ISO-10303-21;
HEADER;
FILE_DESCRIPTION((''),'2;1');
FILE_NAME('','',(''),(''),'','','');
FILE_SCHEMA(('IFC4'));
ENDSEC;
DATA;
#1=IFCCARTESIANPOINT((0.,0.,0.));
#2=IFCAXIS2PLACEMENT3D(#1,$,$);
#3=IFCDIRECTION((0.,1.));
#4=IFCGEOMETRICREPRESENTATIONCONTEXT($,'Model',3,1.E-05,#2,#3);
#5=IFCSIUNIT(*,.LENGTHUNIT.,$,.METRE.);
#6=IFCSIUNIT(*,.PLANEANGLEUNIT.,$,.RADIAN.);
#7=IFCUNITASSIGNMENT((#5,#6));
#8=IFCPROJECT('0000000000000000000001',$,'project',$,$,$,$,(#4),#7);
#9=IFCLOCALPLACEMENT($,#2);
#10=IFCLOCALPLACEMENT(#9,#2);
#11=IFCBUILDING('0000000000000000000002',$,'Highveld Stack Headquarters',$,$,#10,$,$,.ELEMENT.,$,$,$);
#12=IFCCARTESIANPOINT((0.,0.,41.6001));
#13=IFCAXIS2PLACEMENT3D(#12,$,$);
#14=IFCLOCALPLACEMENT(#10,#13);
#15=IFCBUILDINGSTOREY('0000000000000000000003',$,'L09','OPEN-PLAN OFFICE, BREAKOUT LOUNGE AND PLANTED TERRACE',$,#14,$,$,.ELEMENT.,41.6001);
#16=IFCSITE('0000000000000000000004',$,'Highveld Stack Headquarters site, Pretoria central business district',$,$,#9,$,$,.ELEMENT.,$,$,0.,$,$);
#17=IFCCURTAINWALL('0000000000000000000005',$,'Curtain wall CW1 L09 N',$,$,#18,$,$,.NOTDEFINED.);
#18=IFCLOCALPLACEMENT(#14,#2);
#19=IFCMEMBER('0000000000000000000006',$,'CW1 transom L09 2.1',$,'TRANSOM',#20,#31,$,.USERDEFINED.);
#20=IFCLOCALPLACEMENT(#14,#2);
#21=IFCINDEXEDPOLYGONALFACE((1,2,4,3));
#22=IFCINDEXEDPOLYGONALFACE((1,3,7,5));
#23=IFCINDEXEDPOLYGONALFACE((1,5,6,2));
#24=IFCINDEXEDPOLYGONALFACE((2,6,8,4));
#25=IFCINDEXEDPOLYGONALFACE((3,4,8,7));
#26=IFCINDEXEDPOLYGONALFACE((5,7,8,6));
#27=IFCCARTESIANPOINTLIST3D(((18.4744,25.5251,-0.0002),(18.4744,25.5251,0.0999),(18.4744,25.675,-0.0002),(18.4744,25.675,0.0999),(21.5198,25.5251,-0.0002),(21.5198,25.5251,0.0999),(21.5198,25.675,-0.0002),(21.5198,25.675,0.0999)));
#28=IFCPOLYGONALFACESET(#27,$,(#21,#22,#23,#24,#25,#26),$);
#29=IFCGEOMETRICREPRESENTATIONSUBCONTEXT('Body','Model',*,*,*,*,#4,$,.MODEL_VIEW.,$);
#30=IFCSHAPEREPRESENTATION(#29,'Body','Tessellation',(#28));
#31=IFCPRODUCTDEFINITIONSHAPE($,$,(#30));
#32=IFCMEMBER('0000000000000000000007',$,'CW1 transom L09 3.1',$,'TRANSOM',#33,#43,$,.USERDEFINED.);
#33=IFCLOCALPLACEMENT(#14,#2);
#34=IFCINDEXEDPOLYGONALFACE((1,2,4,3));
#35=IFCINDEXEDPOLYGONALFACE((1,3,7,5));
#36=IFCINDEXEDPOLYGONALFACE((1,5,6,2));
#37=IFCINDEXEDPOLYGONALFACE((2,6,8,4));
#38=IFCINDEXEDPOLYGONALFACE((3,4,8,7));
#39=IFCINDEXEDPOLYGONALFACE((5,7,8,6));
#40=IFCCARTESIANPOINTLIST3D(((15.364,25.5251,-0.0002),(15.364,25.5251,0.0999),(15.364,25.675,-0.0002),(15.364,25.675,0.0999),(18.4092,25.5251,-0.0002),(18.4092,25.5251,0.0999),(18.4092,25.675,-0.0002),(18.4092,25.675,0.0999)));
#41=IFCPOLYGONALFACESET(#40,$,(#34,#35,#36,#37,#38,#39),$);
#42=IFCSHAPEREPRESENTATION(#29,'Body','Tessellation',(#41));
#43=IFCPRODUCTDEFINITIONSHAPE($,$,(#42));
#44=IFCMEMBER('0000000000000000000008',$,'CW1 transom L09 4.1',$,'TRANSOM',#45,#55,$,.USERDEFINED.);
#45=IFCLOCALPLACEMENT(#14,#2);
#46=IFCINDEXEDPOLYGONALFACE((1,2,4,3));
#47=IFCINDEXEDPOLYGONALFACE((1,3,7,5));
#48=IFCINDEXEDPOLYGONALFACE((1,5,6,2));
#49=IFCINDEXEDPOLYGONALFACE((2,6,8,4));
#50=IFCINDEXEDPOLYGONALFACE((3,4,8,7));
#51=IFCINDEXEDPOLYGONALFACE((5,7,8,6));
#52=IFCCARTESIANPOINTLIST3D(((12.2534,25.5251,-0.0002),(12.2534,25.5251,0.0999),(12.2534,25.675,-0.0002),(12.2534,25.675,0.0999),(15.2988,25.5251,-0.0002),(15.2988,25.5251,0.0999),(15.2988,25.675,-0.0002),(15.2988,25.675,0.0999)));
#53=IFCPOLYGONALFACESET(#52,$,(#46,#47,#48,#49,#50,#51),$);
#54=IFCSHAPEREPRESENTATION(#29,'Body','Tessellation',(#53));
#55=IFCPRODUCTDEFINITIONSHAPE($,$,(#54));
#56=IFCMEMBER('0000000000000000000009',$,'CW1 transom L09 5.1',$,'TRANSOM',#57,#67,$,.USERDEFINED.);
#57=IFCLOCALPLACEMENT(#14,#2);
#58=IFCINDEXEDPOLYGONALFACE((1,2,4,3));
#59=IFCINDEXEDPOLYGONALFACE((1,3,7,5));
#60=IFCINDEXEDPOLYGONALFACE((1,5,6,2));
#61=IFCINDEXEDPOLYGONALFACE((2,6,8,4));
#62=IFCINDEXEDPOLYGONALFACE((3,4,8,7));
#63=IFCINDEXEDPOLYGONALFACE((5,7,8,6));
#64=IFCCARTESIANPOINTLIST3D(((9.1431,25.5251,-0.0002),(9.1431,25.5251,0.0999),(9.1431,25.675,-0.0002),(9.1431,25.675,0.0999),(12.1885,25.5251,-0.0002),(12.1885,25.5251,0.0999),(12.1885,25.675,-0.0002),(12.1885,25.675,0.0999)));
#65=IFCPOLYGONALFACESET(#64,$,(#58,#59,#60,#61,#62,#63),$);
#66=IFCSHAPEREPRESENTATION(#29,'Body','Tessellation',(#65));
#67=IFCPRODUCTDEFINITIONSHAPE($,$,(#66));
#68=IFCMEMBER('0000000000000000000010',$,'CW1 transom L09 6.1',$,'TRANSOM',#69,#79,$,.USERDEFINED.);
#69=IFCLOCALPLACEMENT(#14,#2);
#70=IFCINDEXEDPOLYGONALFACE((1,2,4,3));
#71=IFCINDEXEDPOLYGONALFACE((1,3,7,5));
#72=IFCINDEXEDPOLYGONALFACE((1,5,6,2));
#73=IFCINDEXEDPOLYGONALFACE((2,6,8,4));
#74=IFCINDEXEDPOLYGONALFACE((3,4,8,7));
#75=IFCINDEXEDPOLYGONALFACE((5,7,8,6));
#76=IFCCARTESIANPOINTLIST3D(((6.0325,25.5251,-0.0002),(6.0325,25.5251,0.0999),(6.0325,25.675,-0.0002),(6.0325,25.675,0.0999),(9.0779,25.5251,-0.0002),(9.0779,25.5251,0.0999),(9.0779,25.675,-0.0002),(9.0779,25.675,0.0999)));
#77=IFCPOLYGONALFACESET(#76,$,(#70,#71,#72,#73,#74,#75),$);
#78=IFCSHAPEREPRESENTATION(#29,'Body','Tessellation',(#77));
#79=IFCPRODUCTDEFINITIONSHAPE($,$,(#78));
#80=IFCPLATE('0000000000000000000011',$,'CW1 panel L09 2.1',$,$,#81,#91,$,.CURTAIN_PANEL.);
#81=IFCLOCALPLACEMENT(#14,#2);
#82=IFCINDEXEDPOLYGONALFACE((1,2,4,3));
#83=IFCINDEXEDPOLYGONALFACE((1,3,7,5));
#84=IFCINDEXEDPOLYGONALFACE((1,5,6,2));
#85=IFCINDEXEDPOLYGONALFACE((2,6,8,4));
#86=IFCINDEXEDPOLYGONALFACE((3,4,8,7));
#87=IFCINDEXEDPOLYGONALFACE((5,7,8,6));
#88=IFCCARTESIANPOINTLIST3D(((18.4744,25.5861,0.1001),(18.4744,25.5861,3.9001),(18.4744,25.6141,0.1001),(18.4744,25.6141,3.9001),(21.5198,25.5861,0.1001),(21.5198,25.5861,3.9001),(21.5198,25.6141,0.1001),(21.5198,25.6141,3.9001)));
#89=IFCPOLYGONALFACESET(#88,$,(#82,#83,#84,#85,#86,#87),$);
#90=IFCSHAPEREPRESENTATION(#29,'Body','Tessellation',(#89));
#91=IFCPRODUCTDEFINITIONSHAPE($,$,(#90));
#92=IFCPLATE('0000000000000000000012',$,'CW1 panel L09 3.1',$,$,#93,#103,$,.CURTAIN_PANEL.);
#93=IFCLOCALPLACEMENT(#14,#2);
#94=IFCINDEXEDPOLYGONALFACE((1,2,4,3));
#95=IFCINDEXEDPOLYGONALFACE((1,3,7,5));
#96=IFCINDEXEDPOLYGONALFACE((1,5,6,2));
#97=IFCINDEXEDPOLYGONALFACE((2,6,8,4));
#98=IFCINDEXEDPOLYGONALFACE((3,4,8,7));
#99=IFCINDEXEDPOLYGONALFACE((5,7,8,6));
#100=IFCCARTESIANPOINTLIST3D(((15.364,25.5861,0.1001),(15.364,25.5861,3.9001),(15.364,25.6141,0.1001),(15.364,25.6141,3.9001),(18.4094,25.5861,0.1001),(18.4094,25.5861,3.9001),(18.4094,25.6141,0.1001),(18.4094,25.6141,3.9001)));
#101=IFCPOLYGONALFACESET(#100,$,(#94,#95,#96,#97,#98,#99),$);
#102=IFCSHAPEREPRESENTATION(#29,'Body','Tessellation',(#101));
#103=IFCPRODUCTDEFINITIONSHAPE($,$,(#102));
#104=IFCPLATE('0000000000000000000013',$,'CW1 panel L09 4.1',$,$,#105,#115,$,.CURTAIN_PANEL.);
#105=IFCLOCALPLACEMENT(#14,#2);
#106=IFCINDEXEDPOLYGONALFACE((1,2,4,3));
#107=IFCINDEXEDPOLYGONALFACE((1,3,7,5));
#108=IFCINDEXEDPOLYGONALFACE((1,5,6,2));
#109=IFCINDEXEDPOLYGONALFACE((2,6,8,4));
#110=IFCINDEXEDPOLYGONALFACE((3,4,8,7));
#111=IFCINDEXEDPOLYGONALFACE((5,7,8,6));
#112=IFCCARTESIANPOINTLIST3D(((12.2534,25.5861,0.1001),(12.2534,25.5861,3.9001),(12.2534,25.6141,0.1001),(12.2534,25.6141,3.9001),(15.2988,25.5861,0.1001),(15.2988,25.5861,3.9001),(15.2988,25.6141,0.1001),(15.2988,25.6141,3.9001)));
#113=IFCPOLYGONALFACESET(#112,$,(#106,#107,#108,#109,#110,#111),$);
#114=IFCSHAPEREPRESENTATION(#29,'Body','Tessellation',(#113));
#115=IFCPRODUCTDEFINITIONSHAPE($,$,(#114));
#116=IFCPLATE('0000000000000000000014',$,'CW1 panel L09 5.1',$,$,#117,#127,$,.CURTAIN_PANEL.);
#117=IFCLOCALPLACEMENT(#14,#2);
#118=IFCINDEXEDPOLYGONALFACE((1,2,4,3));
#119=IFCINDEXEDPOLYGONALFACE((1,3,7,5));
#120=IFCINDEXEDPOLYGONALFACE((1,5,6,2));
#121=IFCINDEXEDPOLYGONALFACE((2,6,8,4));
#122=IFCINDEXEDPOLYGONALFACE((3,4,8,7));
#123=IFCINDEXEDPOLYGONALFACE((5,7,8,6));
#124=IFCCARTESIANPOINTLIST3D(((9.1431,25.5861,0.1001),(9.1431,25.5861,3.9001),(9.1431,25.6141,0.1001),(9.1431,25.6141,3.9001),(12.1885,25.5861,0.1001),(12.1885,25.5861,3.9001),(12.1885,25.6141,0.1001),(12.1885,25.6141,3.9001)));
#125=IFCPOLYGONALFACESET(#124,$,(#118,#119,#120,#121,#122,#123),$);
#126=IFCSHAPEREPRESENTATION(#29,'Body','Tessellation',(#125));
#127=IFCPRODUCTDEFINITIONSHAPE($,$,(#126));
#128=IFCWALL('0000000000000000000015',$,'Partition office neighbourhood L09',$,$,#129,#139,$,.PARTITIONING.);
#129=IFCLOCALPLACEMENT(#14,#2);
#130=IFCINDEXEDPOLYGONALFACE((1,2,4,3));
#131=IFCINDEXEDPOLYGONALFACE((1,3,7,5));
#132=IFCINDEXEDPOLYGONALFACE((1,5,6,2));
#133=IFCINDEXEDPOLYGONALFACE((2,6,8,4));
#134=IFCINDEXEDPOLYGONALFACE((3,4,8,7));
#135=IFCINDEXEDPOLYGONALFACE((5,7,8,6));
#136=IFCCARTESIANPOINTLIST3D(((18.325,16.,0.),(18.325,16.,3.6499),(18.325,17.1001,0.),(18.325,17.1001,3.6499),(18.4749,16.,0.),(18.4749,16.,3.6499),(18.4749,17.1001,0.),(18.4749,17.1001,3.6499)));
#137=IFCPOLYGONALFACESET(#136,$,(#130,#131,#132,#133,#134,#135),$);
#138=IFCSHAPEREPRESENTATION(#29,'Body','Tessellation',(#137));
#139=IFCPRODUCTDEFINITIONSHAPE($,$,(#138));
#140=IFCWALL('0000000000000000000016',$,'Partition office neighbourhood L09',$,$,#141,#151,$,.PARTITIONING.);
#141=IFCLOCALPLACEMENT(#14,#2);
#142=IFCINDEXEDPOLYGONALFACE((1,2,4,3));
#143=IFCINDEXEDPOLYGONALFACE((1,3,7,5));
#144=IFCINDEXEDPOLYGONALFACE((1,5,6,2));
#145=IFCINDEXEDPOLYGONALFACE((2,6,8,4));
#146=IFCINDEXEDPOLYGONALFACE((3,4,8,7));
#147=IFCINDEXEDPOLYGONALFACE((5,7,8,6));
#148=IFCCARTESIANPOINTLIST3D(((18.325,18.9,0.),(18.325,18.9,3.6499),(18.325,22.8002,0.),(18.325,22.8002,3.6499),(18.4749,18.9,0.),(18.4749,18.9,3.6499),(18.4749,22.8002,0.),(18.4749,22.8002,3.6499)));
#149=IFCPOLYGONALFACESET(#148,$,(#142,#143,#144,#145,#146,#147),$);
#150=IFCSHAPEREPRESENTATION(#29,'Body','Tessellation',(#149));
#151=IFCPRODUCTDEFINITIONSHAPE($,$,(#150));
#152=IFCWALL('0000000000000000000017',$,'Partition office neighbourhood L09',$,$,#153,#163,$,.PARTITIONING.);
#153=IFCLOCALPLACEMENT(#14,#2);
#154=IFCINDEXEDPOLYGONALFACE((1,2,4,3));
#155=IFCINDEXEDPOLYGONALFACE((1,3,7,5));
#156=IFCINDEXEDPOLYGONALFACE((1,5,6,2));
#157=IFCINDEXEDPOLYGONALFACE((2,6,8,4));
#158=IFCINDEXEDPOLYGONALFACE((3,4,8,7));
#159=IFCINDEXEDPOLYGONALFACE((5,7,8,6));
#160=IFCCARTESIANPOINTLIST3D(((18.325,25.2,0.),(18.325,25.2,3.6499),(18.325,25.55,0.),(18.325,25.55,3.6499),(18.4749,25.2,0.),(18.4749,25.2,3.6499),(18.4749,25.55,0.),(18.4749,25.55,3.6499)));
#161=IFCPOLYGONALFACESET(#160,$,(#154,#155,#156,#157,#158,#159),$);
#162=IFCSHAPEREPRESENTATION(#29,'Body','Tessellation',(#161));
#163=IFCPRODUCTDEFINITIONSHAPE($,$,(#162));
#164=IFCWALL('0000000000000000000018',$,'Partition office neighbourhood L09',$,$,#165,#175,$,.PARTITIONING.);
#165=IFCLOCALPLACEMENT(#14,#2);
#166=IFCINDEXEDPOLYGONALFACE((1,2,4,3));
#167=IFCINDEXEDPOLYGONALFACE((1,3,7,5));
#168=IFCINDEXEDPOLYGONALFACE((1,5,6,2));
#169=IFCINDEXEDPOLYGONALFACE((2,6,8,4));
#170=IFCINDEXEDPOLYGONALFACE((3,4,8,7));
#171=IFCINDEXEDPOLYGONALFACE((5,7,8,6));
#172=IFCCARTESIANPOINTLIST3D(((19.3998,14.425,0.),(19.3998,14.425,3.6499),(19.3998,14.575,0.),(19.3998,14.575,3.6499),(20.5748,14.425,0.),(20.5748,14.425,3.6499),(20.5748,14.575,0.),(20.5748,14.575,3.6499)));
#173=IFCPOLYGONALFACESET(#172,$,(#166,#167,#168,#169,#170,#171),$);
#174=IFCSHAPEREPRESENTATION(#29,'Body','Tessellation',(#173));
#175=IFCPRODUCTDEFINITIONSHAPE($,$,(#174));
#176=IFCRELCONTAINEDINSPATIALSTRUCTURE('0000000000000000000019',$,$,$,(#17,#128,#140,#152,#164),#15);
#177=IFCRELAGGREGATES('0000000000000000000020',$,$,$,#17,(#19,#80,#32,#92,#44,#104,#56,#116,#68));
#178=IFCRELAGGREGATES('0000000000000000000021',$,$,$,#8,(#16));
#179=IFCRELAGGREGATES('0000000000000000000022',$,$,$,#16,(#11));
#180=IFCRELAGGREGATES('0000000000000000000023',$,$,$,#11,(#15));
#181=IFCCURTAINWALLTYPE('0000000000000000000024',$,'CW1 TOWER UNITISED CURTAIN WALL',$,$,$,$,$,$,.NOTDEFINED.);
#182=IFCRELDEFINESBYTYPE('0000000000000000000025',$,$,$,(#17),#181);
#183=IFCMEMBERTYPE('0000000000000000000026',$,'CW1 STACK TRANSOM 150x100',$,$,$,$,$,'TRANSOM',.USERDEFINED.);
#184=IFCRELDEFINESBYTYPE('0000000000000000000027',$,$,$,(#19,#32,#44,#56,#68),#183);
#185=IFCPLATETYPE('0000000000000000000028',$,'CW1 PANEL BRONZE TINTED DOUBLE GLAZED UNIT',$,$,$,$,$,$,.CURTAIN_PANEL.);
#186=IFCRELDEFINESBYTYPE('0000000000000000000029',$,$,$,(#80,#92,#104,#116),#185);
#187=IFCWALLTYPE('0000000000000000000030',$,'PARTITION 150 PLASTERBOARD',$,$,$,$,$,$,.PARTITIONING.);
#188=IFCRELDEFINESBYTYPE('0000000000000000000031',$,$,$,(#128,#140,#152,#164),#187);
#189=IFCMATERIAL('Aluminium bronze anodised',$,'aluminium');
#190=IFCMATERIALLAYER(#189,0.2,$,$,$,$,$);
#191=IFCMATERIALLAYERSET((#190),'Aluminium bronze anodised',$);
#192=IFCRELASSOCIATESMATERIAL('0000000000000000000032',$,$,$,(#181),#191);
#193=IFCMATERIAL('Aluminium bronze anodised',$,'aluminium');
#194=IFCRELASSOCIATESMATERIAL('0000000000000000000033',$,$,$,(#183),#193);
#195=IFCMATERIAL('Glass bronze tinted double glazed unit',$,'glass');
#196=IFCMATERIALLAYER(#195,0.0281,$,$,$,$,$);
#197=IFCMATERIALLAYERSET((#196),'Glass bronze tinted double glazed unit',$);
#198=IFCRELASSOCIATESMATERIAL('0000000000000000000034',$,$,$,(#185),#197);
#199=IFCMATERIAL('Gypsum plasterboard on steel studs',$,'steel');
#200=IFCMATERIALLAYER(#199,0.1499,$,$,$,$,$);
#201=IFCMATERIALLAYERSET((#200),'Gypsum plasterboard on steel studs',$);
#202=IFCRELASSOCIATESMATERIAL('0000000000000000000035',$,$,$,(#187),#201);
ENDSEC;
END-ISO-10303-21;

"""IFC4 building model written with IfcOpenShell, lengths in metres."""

from ifc_helpers import new_model, si_unit, direction, frame, frame_2d, origin, origin_2d, place, context, subcontext, project, spatial, rectangle, extrude, material, layer, layer_set, material_profile, profile_set, type_object, element, aggregate, save


model = new_model("IFC4")

# Units and contexts
model_context = context("Model", 3, precision=1e-05, world=origin(), true_north=direction((0.0, 1.0)))
body_context = subcontext(model_context, "Body", "Model", "MODEL_VIEW")
ifc_project = project(units=[si_unit("LENGTHUNIT", "METRE"), si_unit("PLANEANGLEUNIT", "RADIAN")], contexts=[model_context])

# Site, building, storey
site_placement = place(None, origin())
site = spatial("IfcSite", under=ifc_project, at=site_placement, Name="Highveld Stack Headquarters site, Pretoria central business district", CompositionType="ELEMENT", RefElevation=0.0)
building_placement = place(site_placement, origin())
building = spatial("IfcBuilding", under=site, at=building_placement, Name="Highveld Stack Headquarters", CompositionType="ELEMENT")
storey_placement = place(building_placement, frame((0.0, 0.0, 41.6001)))
storey = spatial("IfcBuildingStorey", under=building, at=storey_placement, Name="L09", Description="OPEN-PLAN OFFICE, BREAKOUT LOUNGE AND PLANTED TERRACE", CompositionType="ELEMENT", Elevation=41.6001)

# Curtain wall, members, plates
ifc_material_1 = material(Name="Aluminium bronze anodised", Category="aluminium")
ifc_layer_1 = layer(ifc_material_1, 0.2)
ifc_layer_set_1 = layer_set([ifc_layer_1], Name="Aluminium bronze anodised")
curtain_wall_type = type_object("IfcCurtainWallType", Name="CW1 TOWER UNITISED CURTAIN WALL", PredefinedType="NOTDEFINED", material=ifc_layer_set_1)
curtain_wall_placement = place(storey_placement, origin())
curtain_wall = element("IfcCurtainWall", 1, at=curtain_wall_placement, inside=storey, type_object=curtain_wall_type, Name="Curtain wall CW1 L09 N", PredefinedType="NOTDEFINED")
ifc_material_2 = material(Name="Aluminium bronze anodised", Category="aluminium")
ifc_material_profile_1 = material_profile(ifc_material_2, rectangle(XDim=0.1499, YDim=0.1001, at=origin_2d()), Name="CW1 TRANSOM 150x100")
ifc_profile_set_1 = profile_set([ifc_material_profile_1], Name="Aluminium bronze anodised")
member_type_1 = type_object("IfcMemberType", Name="CW1 STACK TRANSOM 150x100", ElementType="TRANSOM", PredefinedType="USERDEFINED", material=ifc_profile_set_1)
member_1_placement = place(storey_placement, frame((21.5198, 25.6001, 0.0498), z_axis=(-1.0, 0.0, 0.0), x_axis=(0.0, -1.0, 0.0)))
member_1 = element("IfcMember", 2, at=member_1_placement, type_object=member_type_1, Name="CW1 transom L09 2.1", ObjectType="TRANSOM", PredefinedType="USERDEFINED", context=body_context, shape_type="SweptSolid", body=[
    extrude(rectangle(XDim=0.1499, YDim=0.1001, at=origin_2d()), origin(), (0.0, 0.0, 1.0), 3.0454),
])
member_2_placement = place(storey_placement, frame((18.4092, 25.6001, 0.0498), z_axis=(-1.0, 0.0, 0.0), x_axis=(0.0, -1.0, 0.0)))
member_2 = element("IfcMember", 3, at=member_2_placement, type_object=member_type_1, Name="CW1 transom L09 3.1", ObjectType="TRANSOM", PredefinedType="USERDEFINED", context=body_context, shape_type="SweptSolid", body=[
    extrude(rectangle(XDim=0.1499, YDim=0.1001, at=origin_2d()), origin(), (0.0, 0.0, 1.0), 3.0452),
])
member_3_placement = place(storey_placement, frame((15.2988, 25.6001, 0.0498), z_axis=(-1.0, 0.0, 0.0), x_axis=(0.0, -1.0, 0.0)))
member_3 = element("IfcMember", 4, at=member_3_placement, type_object=member_type_1, Name="CW1 transom L09 4.1", ObjectType="TRANSOM", PredefinedType="USERDEFINED", context=body_context, shape_type="SweptSolid", body=[
    extrude(rectangle(XDim=0.1499, YDim=0.1001, at=origin_2d()), origin(), (0.0, 0.0, 1.0), 3.0454),
])
member_4_placement = place(storey_placement, frame((12.1885, 25.6001, 0.0498), z_axis=(-1.0, 0.0, 0.0), x_axis=(0.0, -1.0, 0.0)))
member_4 = element("IfcMember", 5, at=member_4_placement, type_object=member_type_1, Name="CW1 transom L09 5.1", ObjectType="TRANSOM", PredefinedType="USERDEFINED", context=body_context, shape_type="SweptSolid", body=[
    extrude(rectangle(XDim=0.1499, YDim=0.1001, at=origin_2d()), origin(), (0.0, 0.0, 1.0), 3.0454),
])
member_5_placement = place(storey_placement, frame((9.0779, 25.6001, 0.0498), z_axis=(-1.0, 0.0, 0.0), x_axis=(0.0, -1.0, 0.0)))
member_5 = element("IfcMember", 6, at=member_5_placement, type_object=member_type_1, Name="CW1 transom L09 6.1", ObjectType="TRANSOM", PredefinedType="USERDEFINED", context=body_context, shape_type="SweptSolid", body=[
    extrude(rectangle(XDim=0.1499, YDim=0.1001, at=origin_2d()), origin(), (0.0, 0.0, 1.0), 3.0454),
])
ifc_material_3 = material(Name="Glass bronze tinted double glazed unit", Category="glass")
ifc_layer_2 = layer(ifc_material_3, 0.0281)
ifc_layer_set_2 = layer_set([ifc_layer_2], Name="Glass bronze tinted double glazed unit")
plate_type = type_object("IfcPlateType", Name="CW1 PANEL BRONZE TINTED DOUBLE GLAZED UNIT", PredefinedType="CURTAIN_PANEL", material=ifc_layer_set_2)
plate_1_placement = place(storey_placement, frame((19.9971, 25.6001, 0.1001), z_axis=(0.0, 0.0, 1.0), x_axis=(-1.0, 0.0, 0.0)))
plate_1 = element("IfcPlate", 7, at=plate_1_placement, type_object=plate_type, Name="CW1 panel L09 2.1", PredefinedType="CURTAIN_PANEL", context=body_context, shape_type="SweptSolid", body=[
    extrude(rectangle(XDim=3.0454, YDim=0.0281, at=origin_2d()), origin(), (0.0, 0.0, 1.0), 3.8),
])
plate_2_placement = place(storey_placement, frame((16.8867, 25.6001, 0.1001), z_axis=(0.0, 0.0, 1.0), x_axis=(-1.0, 0.0, 0.0)))
plate_2 = element("IfcPlate", 8, at=plate_2_placement, type_object=plate_type, Name="CW1 panel L09 3.1", PredefinedType="CURTAIN_PANEL", context=body_context, shape_type="SweptSolid", body=[
    extrude(rectangle(XDim=3.0454, YDim=0.0281, at=origin_2d()), origin(), (0.0, 0.0, 1.0), 3.8),
])
plate_3_placement = place(storey_placement, frame((13.7761, 25.6001, 0.1001), z_axis=(0.0, 0.0, 1.0), x_axis=(-1.0, 0.0, 0.0)))
plate_3 = element("IfcPlate", 9, at=plate_3_placement, type_object=plate_type, Name="CW1 panel L09 4.1", PredefinedType="CURTAIN_PANEL", context=body_context, shape_type="SweptSolid", body=[
    extrude(rectangle(XDim=3.0454, YDim=0.0281, at=origin_2d()), origin(), (0.0, 0.0, 1.0), 3.8),
])
plate_4_placement = place(storey_placement, frame((10.6658, 25.6001, 0.1001), z_axis=(0.0, 0.0, 1.0), x_axis=(-1.0, 0.0, 0.0)))
plate_4 = element("IfcPlate", 10, at=plate_4_placement, type_object=plate_type, Name="CW1 panel L09 5.1", PredefinedType="CURTAIN_PANEL", context=body_context, shape_type="SweptSolid", body=[
    extrude(rectangle(XDim=3.0454, YDim=0.0281, at=origin_2d()), origin(), (0.0, 0.0, 1.0), 3.8),
])
aggregate(curtain_wall, [member_1, plate_1, member_2, plate_2, member_3, plate_3, member_4, plate_4, member_5])

# Walls
ifc_material_4 = material(Name="Gypsum plasterboard on steel studs", Category="steel")
ifc_layer_3 = layer(ifc_material_4, 0.1499)
ifc_layer_set_3 = layer_set([ifc_layer_3], Name="Gypsum plasterboard on steel studs")
wall_type = type_object("IfcWallType", Name="PARTITION 150 PLASTERBOARD", PredefinedType="PARTITIONING", material=ifc_layer_set_3)
wall_1_placement = place(storey_placement, frame((18.3999, 16.0, 0.0), z_axis=(0.0, 0.0, 1.0), x_axis=(0.0, 1.0, 0.0)))
element("IfcWall", 11, at=wall_1_placement, inside=storey, type_object=wall_type, Name="Partition office neighbourhood L09", PredefinedType="PARTITIONING", context=body_context, shape_type="SweptSolid", body=[
    extrude(rectangle(XDim=1.1001, YDim=0.1499, at=frame_2d((0.55, 0.0))), origin(), (0.0, 0.0, 1.0), 3.6499),
])
wall_2_placement = place(storey_placement, frame((18.3999, 18.8999, 0.0), z_axis=(0.0, 0.0, 1.0), x_axis=(0.0, 1.0, 0.0)))
element("IfcWall", 12, at=wall_2_placement, inside=storey, type_object=wall_type, Name="Partition office neighbourhood L09", PredefinedType="PARTITIONING", context=body_context, shape_type="SweptSolid", body=[
    extrude(rectangle(XDim=3.9001, YDim=0.1499, at=frame_2d((1.9502, 0.0))), origin(), (0.0, 0.0, 1.0), 3.6499),
])
wall_3_placement = place(storey_placement, frame((18.3999, 25.2, 0.0), z_axis=(0.0, 0.0, 1.0), x_axis=(0.0, 1.0, 0.0)))
element("IfcWall", 13, at=wall_3_placement, inside=storey, type_object=wall_type, Name="Partition office neighbourhood L09", PredefinedType="PARTITIONING", context=body_context, shape_type="SweptSolid", body=[
    extrude(rectangle(XDim=0.3501, YDim=0.1499, at=frame_2d((0.175, 0.0))), origin(), (0.0, 0.0, 1.0), 3.6499),
])
wall_4_placement = place(storey_placement, frame((19.3999, 14.5, 0.0), z_axis=(0.0, 0.0, 1.0), x_axis=(1.0, 0.0, 0.0)))
element("IfcWall", 14, at=wall_4_placement, inside=storey, type_object=wall_type, Name="Partition office neighbourhood L09", PredefinedType="PARTITIONING", context=body_context, shape_type="SweptSolid", body=[
    extrude(rectangle(XDim=1.175, YDim=0.1499, at=frame_2d((0.5874, 0.0))), origin(), (0.0, 0.0, 1.0), 3.6499),
])

save(model, "model.ifc")
